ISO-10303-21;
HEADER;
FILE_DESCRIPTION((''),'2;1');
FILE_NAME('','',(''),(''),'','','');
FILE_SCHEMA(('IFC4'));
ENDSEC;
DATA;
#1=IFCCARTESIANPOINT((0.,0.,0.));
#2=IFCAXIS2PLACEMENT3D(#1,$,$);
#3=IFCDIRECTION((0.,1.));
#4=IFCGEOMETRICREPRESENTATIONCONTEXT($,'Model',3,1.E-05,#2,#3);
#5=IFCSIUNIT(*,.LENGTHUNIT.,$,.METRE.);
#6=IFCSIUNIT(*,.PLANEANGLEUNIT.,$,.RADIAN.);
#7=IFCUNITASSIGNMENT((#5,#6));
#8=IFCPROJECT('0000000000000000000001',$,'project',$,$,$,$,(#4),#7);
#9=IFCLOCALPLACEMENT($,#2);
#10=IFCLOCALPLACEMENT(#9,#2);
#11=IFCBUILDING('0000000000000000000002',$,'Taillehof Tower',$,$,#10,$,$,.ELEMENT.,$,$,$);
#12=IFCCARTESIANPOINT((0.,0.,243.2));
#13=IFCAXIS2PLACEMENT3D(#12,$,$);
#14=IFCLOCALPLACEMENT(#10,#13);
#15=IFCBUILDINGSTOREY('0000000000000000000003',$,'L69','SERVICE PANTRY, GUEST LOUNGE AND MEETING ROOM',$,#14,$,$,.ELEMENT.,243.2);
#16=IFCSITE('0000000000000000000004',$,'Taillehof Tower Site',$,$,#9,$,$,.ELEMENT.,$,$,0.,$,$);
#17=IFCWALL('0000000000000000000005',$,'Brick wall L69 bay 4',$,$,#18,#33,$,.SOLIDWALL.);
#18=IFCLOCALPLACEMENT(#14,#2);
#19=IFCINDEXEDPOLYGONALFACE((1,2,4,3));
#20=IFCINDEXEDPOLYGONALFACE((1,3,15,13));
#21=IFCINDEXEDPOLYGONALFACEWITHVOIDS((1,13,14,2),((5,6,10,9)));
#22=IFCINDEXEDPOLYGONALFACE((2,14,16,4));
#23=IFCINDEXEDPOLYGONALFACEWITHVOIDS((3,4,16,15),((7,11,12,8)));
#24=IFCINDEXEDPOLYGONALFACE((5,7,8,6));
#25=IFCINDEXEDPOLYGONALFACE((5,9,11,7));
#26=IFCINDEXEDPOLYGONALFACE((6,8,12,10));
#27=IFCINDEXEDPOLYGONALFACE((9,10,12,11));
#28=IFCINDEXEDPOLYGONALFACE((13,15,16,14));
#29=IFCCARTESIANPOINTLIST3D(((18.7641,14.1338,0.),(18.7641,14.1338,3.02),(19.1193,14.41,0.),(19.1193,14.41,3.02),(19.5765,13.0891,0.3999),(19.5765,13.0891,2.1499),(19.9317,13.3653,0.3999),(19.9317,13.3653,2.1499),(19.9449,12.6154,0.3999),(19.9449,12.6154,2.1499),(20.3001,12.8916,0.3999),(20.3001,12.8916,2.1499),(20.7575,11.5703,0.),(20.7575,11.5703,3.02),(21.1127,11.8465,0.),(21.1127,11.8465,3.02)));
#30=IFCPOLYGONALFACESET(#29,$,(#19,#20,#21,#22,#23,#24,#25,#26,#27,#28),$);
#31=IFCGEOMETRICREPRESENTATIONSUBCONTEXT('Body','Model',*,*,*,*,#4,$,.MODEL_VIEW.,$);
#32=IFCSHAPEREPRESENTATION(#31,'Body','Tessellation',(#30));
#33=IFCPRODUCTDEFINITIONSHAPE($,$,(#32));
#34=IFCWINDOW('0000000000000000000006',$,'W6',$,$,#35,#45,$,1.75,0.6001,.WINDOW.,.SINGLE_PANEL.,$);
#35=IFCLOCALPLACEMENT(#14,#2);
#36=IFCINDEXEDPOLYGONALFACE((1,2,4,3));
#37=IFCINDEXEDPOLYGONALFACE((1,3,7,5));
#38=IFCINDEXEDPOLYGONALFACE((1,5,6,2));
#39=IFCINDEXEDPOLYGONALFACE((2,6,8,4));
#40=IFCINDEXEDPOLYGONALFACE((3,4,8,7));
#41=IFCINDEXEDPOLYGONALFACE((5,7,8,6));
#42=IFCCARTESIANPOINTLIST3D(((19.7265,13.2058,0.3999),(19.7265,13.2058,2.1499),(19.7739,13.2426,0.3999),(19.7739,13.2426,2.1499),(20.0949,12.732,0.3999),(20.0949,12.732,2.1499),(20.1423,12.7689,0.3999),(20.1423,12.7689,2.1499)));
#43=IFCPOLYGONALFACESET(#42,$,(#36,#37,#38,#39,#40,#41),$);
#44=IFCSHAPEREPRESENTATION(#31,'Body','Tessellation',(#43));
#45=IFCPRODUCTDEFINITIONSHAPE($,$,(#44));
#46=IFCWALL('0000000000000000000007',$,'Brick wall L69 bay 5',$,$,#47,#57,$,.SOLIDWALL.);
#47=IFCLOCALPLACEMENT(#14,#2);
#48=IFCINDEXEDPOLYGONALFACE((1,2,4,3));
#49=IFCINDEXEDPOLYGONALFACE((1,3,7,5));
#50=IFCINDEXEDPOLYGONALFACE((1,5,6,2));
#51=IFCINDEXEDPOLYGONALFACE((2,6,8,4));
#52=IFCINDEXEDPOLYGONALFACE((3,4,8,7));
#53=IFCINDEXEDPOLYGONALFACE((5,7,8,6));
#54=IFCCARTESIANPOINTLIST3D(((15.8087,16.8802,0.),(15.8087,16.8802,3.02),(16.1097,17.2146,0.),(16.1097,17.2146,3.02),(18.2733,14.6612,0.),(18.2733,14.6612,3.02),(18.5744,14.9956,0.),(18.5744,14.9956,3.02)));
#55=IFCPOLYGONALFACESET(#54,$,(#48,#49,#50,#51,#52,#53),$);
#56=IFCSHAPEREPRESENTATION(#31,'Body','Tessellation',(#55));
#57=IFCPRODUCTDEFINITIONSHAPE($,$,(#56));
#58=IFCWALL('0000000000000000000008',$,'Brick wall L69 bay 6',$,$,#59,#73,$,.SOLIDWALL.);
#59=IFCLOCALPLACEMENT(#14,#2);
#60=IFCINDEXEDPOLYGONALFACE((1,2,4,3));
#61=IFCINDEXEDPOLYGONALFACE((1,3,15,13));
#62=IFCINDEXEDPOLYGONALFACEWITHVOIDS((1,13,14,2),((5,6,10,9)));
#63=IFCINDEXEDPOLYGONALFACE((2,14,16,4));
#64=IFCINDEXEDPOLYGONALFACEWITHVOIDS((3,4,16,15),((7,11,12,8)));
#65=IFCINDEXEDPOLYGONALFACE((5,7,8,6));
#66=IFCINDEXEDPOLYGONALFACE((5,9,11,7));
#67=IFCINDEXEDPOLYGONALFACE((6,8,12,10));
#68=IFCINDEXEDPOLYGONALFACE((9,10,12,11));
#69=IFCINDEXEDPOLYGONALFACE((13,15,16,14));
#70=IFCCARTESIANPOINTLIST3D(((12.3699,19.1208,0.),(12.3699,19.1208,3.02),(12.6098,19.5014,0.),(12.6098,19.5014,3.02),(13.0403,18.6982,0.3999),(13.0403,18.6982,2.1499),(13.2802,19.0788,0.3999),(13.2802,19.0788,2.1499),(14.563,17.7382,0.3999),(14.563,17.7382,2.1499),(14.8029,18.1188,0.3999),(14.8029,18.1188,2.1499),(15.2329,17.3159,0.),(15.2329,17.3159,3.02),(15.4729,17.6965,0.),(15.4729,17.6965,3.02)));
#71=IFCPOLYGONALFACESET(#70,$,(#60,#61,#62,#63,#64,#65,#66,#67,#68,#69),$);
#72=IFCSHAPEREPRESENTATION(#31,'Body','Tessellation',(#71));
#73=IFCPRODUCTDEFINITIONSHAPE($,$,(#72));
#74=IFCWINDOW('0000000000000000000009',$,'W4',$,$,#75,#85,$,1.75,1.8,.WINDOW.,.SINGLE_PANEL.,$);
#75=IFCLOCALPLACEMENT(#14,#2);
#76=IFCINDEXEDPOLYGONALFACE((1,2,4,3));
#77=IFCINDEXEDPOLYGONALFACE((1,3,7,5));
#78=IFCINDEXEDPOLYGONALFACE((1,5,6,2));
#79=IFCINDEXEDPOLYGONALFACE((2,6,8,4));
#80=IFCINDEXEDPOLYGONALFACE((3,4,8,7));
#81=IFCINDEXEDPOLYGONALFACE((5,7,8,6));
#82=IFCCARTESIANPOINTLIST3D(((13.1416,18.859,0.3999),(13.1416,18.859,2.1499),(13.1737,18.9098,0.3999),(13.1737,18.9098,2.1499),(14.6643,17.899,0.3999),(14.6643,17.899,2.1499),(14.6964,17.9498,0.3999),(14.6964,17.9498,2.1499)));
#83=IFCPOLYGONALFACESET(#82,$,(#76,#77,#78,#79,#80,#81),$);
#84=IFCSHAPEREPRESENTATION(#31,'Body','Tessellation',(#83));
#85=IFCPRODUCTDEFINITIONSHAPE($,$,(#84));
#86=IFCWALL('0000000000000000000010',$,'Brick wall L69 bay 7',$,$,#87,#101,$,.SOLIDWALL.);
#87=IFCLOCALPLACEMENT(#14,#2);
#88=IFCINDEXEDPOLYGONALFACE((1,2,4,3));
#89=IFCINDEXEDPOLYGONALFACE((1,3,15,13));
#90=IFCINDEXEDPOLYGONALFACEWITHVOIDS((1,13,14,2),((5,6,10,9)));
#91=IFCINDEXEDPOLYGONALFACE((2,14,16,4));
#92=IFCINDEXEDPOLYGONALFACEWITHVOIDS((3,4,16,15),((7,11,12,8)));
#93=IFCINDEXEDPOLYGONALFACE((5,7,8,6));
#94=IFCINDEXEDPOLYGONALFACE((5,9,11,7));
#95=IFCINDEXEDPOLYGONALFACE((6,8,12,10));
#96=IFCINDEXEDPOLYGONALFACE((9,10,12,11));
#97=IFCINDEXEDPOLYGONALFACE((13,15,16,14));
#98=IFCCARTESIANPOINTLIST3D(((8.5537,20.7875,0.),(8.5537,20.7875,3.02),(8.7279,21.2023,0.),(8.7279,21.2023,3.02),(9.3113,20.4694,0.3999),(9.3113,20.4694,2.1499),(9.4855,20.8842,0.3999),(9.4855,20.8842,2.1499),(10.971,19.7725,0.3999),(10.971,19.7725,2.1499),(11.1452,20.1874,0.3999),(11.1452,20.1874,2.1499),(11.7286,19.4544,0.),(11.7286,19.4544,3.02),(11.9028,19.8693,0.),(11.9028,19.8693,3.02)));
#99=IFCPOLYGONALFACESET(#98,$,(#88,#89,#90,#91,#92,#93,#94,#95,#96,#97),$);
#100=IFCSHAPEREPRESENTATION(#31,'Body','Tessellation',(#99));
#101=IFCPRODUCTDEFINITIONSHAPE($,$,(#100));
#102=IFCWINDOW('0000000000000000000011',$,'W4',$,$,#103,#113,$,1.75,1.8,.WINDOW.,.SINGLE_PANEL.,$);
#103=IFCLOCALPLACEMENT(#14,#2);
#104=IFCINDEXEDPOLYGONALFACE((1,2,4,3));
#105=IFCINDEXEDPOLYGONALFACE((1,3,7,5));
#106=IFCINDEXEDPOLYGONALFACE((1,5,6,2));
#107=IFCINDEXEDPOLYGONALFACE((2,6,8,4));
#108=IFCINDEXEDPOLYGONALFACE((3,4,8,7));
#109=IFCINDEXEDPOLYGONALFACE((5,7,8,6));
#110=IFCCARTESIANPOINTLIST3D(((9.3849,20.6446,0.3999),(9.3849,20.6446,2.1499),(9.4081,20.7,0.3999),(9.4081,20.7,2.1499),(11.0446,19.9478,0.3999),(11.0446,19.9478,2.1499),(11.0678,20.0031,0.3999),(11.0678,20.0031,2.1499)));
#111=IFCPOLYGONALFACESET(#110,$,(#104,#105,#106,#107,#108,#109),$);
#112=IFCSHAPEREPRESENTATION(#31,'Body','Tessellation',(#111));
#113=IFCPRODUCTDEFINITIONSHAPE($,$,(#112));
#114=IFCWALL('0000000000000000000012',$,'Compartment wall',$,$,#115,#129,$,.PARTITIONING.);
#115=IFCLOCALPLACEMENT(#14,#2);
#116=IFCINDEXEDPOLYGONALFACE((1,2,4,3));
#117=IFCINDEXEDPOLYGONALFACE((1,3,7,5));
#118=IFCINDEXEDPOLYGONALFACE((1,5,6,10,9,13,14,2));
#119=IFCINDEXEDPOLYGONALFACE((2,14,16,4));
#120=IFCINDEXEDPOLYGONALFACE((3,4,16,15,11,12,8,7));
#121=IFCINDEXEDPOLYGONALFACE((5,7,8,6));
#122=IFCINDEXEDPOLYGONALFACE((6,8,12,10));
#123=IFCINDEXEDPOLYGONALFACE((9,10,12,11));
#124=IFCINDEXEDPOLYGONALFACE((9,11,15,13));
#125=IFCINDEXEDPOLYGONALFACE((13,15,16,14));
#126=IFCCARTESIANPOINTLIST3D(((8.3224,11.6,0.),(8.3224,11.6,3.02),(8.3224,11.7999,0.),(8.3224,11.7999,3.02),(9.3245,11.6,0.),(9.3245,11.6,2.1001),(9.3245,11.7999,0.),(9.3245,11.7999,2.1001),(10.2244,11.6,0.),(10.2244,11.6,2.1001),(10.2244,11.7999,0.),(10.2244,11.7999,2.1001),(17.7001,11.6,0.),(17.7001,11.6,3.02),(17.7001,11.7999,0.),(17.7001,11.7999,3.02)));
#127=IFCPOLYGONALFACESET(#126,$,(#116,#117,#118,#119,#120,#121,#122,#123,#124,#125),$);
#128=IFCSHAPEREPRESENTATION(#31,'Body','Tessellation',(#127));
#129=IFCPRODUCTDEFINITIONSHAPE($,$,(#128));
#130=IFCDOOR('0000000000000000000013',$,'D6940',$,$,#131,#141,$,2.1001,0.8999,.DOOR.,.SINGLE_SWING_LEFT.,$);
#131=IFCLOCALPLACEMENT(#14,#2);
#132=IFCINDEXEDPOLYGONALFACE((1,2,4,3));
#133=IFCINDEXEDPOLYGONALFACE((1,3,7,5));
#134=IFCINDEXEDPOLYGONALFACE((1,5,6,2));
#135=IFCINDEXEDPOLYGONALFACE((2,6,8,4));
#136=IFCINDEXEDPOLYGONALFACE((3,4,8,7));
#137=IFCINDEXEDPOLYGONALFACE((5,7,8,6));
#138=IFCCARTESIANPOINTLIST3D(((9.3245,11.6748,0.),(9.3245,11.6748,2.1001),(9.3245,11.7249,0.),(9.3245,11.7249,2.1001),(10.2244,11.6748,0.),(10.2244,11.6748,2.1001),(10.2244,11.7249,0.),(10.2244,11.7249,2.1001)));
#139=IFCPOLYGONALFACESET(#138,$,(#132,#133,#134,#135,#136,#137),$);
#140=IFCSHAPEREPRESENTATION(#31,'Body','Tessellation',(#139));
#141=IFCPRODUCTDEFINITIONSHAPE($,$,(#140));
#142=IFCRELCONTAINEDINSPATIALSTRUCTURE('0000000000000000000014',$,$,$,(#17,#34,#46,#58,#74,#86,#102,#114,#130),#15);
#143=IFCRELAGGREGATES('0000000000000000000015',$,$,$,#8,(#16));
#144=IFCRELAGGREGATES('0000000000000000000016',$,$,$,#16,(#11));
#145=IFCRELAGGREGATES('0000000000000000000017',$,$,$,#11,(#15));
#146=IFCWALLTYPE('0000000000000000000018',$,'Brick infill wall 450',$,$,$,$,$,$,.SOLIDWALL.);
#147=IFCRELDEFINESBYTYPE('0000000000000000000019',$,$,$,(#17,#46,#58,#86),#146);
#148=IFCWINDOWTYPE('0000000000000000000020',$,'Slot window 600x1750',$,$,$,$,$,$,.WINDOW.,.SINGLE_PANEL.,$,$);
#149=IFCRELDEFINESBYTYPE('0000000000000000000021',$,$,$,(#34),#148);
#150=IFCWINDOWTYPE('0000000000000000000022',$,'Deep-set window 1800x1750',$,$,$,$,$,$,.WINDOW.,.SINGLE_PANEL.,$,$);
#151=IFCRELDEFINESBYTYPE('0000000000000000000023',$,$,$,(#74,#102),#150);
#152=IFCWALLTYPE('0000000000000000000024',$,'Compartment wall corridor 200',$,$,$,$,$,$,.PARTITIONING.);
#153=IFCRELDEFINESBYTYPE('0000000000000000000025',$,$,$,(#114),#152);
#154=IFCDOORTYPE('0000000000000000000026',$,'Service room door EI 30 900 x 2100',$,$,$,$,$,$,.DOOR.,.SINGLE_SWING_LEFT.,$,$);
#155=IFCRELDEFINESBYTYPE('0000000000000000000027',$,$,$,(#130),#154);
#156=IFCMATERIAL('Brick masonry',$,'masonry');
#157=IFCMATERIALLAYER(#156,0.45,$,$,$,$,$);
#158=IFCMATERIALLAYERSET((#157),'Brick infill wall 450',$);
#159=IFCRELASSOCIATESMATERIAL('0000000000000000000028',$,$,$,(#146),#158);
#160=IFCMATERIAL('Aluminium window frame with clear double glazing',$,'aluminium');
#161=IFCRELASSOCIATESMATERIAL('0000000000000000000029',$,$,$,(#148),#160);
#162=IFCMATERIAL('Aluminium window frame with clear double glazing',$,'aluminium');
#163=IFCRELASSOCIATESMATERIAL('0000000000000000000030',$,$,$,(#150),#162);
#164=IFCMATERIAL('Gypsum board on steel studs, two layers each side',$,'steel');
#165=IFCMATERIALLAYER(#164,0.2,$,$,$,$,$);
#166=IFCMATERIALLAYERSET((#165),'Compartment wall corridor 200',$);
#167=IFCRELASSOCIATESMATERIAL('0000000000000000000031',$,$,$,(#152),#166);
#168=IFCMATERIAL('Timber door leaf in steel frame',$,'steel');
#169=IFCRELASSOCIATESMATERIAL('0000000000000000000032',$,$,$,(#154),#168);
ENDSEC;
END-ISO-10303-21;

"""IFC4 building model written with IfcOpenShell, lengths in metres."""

from ifc_helpers import new_model, si_unit, direction, frame, frame_2d, origin, place, context, subcontext, project, spatial, rectangle, extrude, material, layer, layer_set, type_object, element, fill, save


model = new_model("IFC4")

# Units and contexts
model_context = context("Model", 3, precision=1e-05, world=origin(), true_north=direction((0.0, 1.0)))
body_context = subcontext(model_context, "Body", "Model", "MODEL_VIEW")
ifc_project = project(units=[si_unit("LENGTHUNIT", "METRE"), si_unit("PLANEANGLEUNIT", "RADIAN")], contexts=[model_context])

# Site, building, storey
site_placement = place(None, origin())
site = spatial("IfcSite", under=ifc_project, at=site_placement, Name="Taillehof Tower Site", CompositionType="ELEMENT", RefElevation=0.0)
building_placement = place(site_placement, origin())
building = spatial("IfcBuilding", under=site, at=building_placement, Name="Taillehof Tower", CompositionType="ELEMENT")
storey_placement = place(building_placement, frame((0.0, 0.0, 243.2)))
storey = spatial("IfcBuildingStorey", under=building, at=storey_placement, Name="L69", Description="SERVICE PANTRY, GUEST LOUNGE AND MEETING ROOM", CompositionType="ELEMENT", Elevation=243.2)

# Wall, opening, window
ifc_material_1 = material(Name="Brick masonry", Category="masonry")
ifc_layer_1 = layer(ifc_material_1, 0.45)
ifc_layer_set_1 = layer_set([ifc_layer_1], Name="Brick infill wall 450")
wall_type_1 = type_object("IfcWallType", Name="Brick infill wall 450", PredefinedType="SOLIDWALL", material=ifc_layer_set_1)
wall_1_placement = place(storey_placement, frame((20.9351, 11.7085, 0.0), z_axis=(0.0, 0.0, 1.0), x_axis=(-0.613863, 0.789413, 0.0)))
wall_1 = element("IfcWall", 1, at=wall_1_placement, inside=storey, type_object=wall_type_1, Name="Brick wall L69 bay 4", PredefinedType="SOLIDWALL", context=body_context, shape_type="SweptSolid", body=[
    extrude(rectangle(XDim=3.2473, YDim=0.45, at=frame_2d((1.6235, 0.0))), origin(), (0.0, 0.0, 1.0), 3.02),
])
opening_1_placement = place(wall_1_placement, frame((1.3237, 0.0, 0.3999)))
opening_1 = element("IfcOpeningElement", 2, at=opening_1_placement, cuts=wall_1, PredefinedType="OPENING", context=body_context, shape_type="SweptSolid", body=[
    extrude(rectangle(XDim=0.6001, YDim=1.75, at=frame_2d((0.3, 0.875))), frame((0.0, 0.2349, 0.0), z_axis=(0.0, -1.0, 0.0), x_axis=(1.0, 0.0, 0.0)), (0.0, 0.0, 1.0), 0.47),
])
ifc_material_2 = material(Name="Aluminium window frame with clear double glazing", Category="aluminium")
window_type_1 = type_object("IfcWindowType", Name="Slot window 600x1750", PartitioningType="SINGLE_PANEL", PredefinedType="WINDOW", material=ifc_material_2)
window_1_placement = place(opening_1_placement, origin())
window_1 = element("IfcWindow", 3, at=window_1_placement, inside=storey, type_object=window_type_1, Name="W6", OverallHeight=1.75, OverallWidth=0.6001, PartitioningType="SINGLE_PANEL", PredefinedType="WINDOW", context=body_context, shape_type="SweptSolid", body=[
    extrude(rectangle(XDim=0.6001, YDim=1.75, at=frame_2d((0.3, 0.875))), frame((0.0, 0.0349, 0.0), z_axis=(0.0, -1.0, 0.0), x_axis=(1.0, 0.0, 0.0)), (0.0, 0.0, 1.0), 0.0601),
])
fill(opening_1, window_1)

# Wall
wall_2_placement = place(storey_placement, frame((18.4238, 14.8284, 0.0), z_axis=(0.0, 0.0, 1.0), x_axis=(-0.743166, 0.669107, 0.0)))
element("IfcWall", 4, at=wall_2_placement, inside=storey, type_object=wall_type_1, Name="Brick wall L69 bay 5", PredefinedType="SOLIDWALL", context=body_context, shape_type="SweptSolid", body=[
    extrude(rectangle(XDim=3.3164, YDim=0.45, at=frame_2d((1.6582, 0.0))), origin(), (0.0, 0.0, 1.0), 3.02),
])

# Walls, openings, windows
wall_3_placement = place(storey_placement, frame((15.353, 17.5061, 0.0), z_axis=(0.0, 0.0, 1.0), x_axis=(-0.845929, 0.533295, 0.0)))
wall_3 = element("IfcWall", 5, at=wall_3_placement, inside=storey, type_object=wall_type_1, Name="Brick wall L69 bay 6", PredefinedType="SOLIDWALL", context=body_context, shape_type="SweptSolid", body=[
    extrude(rectangle(XDim=3.3845, YDim=0.45, at=frame_2d((1.6924, 0.0))), origin(), (0.0, 0.0, 1.0), 3.02),
])
opening_2_placement = place(wall_3_placement, frame((0.7922, 0.0, 0.3999)))
opening_2 = element("IfcOpeningElement", 6, at=opening_2_placement, cuts=wall_3, PredefinedType="OPENING", context=body_context, shape_type="SweptSolid", body=[
    extrude(rectangle(XDim=1.8, YDim=1.75, at=frame_2d((0.8999, 0.875))), frame((0.0, 0.2349, 0.0), z_axis=(0.0, -1.0, 0.0), x_axis=(1.0, 0.0, 0.0)), (0.0, 0.0, 1.0), 0.47),
])
ifc_material_3 = material(Name="Aluminium window frame with clear double glazing", Category="aluminium")
window_type_2 = type_object("IfcWindowType", Name="Deep-set window 1800x1750", PartitioningType="SINGLE_PANEL", PredefinedType="WINDOW", material=ifc_material_3)
window_2_placement = place(opening_2_placement, origin())
window_2 = element("IfcWindow", 7, at=window_2_placement, inside=storey, type_object=window_type_2, Name="W4", OverallHeight=1.75, OverallWidth=1.8, PartitioningType="SINGLE_PANEL", PredefinedType="WINDOW", context=body_context, shape_type="SweptSolid", body=[
    extrude(rectangle(XDim=1.8, YDim=1.75, at=frame_2d((0.8999, 0.875))), frame((0.0, 0.0349, 0.0), z_axis=(0.0, -1.0, 0.0), x_axis=(1.0, 0.0, 0.0)), (0.0, 0.0, 1.0), 0.0601),
])
fill(opening_2, window_2)
wall_4_placement = place(storey_placement, frame((11.8157, 19.6619, 0.0), z_axis=(0.0, 0.0, 1.0), x_axis=(-0.922025, 0.387131, 0.0)))
wall_4 = element("IfcWall", 8, at=wall_4_placement, inside=storey, type_object=wall_type_1, Name="Brick wall L69 bay 7", PredefinedType="SOLIDWALL", context=body_context, shape_type="SweptSolid", body=[
    extrude(rectangle(XDim=3.4434, YDim=0.45, at=frame_2d((1.7217, 0.0))), origin(), (0.0, 0.0, 1.0), 3.02),
])
opening_3_placement = place(wall_4_placement, frame((0.8218, 0.0, 0.3999)))
opening_3 = element("IfcOpeningElement", 9, at=opening_3_placement, cuts=wall_4, PredefinedType="OPENING", context=body_context, shape_type="SweptSolid", body=[
    extrude(rectangle(XDim=1.8, YDim=1.75, at=frame_2d((0.8999, 0.875))), frame((0.0, 0.2349, 0.0), z_axis=(0.0, -1.0, 0.0), x_axis=(1.0, 0.0, 0.0)), (0.0, 0.0, 1.0), 0.47),
])
window_3_placement = place(opening_3_placement, origin())
window_3 = element("IfcWindow", 10, at=window_3_placement, inside=storey, type_object=window_type_2, Name="W4", OverallHeight=1.75, OverallWidth=1.8, PartitioningType="SINGLE_PANEL", PredefinedType="WINDOW", context=body_context, shape_type="SweptSolid", body=[
    extrude(rectangle(XDim=1.8, YDim=1.75, at=frame_2d((0.8999, 0.875))), frame((0.0, 0.0349, 0.0), z_axis=(0.0, -1.0, 0.0), x_axis=(1.0, 0.0, 0.0)), (0.0, 0.0, 1.0), 0.0601),
])
fill(opening_3, window_3)

# Wall, opening, door
ifc_material_4 = material(Name="Gypsum board on steel studs, two layers each side", Category="steel")
ifc_layer_2 = layer(ifc_material_4, 0.2)
ifc_layer_set_2 = layer_set([ifc_layer_2], Name="Compartment wall corridor 200")
wall_type_2 = type_object("IfcWallType", Name="Compartment wall corridor 200", PredefinedType="PARTITIONING", material=ifc_layer_set_2)
wall_5_placement = place(storey_placement, frame((8.3223, 11.7, 0.0), z_axis=(0.0, 0.0, 1.0), x_axis=(1.0, 0.0, 0.0)))
wall_5 = element("IfcWall", 11, at=wall_5_placement, inside=storey, type_object=wall_type_2, Name="Compartment wall", PredefinedType="PARTITIONING", context=body_context, shape_type="SweptSolid", body=[
    extrude(rectangle(XDim=9.3777, YDim=0.2, at=frame_2d((4.689, 0.0))), origin(), (0.0, 0.0, 1.0), 3.02),
])
opening_4_placement = place(wall_5_placement, frame((1.0022, 0.0, 0.0)))
opening_4 = element("IfcOpeningElement", 12, at=opening_4_placement, cuts=wall_5, PredefinedType="OPENING", context=body_context, shape_type="SweptSolid", body=[
    extrude(rectangle(XDim=0.8999, YDim=2.1001, at=frame_2d((0.45, 1.05))), frame((0.0, 0.1099, 0.0), z_axis=(0.0, -1.0, 0.0), x_axis=(1.0, 0.0, 0.0)), (0.0, 0.0, 1.0), 0.22),
])
ifc_material_5 = material(Name="Timber door leaf in steel frame", Category="steel")
door_type_1 = type_object("IfcDoorType", Name="Service room door EI 30 900 x 2100", OperationType="SINGLE_SWING_LEFT", PredefinedType="DOOR", material=ifc_material_5)
door_1_placement = place(opening_4_placement, origin())
door_1 = element("IfcDoor", 13, at=door_1_placement, inside=storey, type_object=door_type_1, Name="D6940", OperationType="SINGLE_SWING_LEFT", OverallHeight=2.1001, OverallWidth=0.8999, PredefinedType="DOOR", context=body_context, shape_type="SweptSolid", body=[
    extrude(rectangle(XDim=0.8999, YDim=2.1001, at=frame_2d((0.45, 1.05))), frame((0.0, 0.0249, 0.0), z_axis=(0.0, -1.0, 0.0), x_axis=(1.0, 0.0, 0.0)), (0.0, 0.0, 1.0), 0.05),
])
fill(opening_4, door_1)

save(model, "model.ifc")
